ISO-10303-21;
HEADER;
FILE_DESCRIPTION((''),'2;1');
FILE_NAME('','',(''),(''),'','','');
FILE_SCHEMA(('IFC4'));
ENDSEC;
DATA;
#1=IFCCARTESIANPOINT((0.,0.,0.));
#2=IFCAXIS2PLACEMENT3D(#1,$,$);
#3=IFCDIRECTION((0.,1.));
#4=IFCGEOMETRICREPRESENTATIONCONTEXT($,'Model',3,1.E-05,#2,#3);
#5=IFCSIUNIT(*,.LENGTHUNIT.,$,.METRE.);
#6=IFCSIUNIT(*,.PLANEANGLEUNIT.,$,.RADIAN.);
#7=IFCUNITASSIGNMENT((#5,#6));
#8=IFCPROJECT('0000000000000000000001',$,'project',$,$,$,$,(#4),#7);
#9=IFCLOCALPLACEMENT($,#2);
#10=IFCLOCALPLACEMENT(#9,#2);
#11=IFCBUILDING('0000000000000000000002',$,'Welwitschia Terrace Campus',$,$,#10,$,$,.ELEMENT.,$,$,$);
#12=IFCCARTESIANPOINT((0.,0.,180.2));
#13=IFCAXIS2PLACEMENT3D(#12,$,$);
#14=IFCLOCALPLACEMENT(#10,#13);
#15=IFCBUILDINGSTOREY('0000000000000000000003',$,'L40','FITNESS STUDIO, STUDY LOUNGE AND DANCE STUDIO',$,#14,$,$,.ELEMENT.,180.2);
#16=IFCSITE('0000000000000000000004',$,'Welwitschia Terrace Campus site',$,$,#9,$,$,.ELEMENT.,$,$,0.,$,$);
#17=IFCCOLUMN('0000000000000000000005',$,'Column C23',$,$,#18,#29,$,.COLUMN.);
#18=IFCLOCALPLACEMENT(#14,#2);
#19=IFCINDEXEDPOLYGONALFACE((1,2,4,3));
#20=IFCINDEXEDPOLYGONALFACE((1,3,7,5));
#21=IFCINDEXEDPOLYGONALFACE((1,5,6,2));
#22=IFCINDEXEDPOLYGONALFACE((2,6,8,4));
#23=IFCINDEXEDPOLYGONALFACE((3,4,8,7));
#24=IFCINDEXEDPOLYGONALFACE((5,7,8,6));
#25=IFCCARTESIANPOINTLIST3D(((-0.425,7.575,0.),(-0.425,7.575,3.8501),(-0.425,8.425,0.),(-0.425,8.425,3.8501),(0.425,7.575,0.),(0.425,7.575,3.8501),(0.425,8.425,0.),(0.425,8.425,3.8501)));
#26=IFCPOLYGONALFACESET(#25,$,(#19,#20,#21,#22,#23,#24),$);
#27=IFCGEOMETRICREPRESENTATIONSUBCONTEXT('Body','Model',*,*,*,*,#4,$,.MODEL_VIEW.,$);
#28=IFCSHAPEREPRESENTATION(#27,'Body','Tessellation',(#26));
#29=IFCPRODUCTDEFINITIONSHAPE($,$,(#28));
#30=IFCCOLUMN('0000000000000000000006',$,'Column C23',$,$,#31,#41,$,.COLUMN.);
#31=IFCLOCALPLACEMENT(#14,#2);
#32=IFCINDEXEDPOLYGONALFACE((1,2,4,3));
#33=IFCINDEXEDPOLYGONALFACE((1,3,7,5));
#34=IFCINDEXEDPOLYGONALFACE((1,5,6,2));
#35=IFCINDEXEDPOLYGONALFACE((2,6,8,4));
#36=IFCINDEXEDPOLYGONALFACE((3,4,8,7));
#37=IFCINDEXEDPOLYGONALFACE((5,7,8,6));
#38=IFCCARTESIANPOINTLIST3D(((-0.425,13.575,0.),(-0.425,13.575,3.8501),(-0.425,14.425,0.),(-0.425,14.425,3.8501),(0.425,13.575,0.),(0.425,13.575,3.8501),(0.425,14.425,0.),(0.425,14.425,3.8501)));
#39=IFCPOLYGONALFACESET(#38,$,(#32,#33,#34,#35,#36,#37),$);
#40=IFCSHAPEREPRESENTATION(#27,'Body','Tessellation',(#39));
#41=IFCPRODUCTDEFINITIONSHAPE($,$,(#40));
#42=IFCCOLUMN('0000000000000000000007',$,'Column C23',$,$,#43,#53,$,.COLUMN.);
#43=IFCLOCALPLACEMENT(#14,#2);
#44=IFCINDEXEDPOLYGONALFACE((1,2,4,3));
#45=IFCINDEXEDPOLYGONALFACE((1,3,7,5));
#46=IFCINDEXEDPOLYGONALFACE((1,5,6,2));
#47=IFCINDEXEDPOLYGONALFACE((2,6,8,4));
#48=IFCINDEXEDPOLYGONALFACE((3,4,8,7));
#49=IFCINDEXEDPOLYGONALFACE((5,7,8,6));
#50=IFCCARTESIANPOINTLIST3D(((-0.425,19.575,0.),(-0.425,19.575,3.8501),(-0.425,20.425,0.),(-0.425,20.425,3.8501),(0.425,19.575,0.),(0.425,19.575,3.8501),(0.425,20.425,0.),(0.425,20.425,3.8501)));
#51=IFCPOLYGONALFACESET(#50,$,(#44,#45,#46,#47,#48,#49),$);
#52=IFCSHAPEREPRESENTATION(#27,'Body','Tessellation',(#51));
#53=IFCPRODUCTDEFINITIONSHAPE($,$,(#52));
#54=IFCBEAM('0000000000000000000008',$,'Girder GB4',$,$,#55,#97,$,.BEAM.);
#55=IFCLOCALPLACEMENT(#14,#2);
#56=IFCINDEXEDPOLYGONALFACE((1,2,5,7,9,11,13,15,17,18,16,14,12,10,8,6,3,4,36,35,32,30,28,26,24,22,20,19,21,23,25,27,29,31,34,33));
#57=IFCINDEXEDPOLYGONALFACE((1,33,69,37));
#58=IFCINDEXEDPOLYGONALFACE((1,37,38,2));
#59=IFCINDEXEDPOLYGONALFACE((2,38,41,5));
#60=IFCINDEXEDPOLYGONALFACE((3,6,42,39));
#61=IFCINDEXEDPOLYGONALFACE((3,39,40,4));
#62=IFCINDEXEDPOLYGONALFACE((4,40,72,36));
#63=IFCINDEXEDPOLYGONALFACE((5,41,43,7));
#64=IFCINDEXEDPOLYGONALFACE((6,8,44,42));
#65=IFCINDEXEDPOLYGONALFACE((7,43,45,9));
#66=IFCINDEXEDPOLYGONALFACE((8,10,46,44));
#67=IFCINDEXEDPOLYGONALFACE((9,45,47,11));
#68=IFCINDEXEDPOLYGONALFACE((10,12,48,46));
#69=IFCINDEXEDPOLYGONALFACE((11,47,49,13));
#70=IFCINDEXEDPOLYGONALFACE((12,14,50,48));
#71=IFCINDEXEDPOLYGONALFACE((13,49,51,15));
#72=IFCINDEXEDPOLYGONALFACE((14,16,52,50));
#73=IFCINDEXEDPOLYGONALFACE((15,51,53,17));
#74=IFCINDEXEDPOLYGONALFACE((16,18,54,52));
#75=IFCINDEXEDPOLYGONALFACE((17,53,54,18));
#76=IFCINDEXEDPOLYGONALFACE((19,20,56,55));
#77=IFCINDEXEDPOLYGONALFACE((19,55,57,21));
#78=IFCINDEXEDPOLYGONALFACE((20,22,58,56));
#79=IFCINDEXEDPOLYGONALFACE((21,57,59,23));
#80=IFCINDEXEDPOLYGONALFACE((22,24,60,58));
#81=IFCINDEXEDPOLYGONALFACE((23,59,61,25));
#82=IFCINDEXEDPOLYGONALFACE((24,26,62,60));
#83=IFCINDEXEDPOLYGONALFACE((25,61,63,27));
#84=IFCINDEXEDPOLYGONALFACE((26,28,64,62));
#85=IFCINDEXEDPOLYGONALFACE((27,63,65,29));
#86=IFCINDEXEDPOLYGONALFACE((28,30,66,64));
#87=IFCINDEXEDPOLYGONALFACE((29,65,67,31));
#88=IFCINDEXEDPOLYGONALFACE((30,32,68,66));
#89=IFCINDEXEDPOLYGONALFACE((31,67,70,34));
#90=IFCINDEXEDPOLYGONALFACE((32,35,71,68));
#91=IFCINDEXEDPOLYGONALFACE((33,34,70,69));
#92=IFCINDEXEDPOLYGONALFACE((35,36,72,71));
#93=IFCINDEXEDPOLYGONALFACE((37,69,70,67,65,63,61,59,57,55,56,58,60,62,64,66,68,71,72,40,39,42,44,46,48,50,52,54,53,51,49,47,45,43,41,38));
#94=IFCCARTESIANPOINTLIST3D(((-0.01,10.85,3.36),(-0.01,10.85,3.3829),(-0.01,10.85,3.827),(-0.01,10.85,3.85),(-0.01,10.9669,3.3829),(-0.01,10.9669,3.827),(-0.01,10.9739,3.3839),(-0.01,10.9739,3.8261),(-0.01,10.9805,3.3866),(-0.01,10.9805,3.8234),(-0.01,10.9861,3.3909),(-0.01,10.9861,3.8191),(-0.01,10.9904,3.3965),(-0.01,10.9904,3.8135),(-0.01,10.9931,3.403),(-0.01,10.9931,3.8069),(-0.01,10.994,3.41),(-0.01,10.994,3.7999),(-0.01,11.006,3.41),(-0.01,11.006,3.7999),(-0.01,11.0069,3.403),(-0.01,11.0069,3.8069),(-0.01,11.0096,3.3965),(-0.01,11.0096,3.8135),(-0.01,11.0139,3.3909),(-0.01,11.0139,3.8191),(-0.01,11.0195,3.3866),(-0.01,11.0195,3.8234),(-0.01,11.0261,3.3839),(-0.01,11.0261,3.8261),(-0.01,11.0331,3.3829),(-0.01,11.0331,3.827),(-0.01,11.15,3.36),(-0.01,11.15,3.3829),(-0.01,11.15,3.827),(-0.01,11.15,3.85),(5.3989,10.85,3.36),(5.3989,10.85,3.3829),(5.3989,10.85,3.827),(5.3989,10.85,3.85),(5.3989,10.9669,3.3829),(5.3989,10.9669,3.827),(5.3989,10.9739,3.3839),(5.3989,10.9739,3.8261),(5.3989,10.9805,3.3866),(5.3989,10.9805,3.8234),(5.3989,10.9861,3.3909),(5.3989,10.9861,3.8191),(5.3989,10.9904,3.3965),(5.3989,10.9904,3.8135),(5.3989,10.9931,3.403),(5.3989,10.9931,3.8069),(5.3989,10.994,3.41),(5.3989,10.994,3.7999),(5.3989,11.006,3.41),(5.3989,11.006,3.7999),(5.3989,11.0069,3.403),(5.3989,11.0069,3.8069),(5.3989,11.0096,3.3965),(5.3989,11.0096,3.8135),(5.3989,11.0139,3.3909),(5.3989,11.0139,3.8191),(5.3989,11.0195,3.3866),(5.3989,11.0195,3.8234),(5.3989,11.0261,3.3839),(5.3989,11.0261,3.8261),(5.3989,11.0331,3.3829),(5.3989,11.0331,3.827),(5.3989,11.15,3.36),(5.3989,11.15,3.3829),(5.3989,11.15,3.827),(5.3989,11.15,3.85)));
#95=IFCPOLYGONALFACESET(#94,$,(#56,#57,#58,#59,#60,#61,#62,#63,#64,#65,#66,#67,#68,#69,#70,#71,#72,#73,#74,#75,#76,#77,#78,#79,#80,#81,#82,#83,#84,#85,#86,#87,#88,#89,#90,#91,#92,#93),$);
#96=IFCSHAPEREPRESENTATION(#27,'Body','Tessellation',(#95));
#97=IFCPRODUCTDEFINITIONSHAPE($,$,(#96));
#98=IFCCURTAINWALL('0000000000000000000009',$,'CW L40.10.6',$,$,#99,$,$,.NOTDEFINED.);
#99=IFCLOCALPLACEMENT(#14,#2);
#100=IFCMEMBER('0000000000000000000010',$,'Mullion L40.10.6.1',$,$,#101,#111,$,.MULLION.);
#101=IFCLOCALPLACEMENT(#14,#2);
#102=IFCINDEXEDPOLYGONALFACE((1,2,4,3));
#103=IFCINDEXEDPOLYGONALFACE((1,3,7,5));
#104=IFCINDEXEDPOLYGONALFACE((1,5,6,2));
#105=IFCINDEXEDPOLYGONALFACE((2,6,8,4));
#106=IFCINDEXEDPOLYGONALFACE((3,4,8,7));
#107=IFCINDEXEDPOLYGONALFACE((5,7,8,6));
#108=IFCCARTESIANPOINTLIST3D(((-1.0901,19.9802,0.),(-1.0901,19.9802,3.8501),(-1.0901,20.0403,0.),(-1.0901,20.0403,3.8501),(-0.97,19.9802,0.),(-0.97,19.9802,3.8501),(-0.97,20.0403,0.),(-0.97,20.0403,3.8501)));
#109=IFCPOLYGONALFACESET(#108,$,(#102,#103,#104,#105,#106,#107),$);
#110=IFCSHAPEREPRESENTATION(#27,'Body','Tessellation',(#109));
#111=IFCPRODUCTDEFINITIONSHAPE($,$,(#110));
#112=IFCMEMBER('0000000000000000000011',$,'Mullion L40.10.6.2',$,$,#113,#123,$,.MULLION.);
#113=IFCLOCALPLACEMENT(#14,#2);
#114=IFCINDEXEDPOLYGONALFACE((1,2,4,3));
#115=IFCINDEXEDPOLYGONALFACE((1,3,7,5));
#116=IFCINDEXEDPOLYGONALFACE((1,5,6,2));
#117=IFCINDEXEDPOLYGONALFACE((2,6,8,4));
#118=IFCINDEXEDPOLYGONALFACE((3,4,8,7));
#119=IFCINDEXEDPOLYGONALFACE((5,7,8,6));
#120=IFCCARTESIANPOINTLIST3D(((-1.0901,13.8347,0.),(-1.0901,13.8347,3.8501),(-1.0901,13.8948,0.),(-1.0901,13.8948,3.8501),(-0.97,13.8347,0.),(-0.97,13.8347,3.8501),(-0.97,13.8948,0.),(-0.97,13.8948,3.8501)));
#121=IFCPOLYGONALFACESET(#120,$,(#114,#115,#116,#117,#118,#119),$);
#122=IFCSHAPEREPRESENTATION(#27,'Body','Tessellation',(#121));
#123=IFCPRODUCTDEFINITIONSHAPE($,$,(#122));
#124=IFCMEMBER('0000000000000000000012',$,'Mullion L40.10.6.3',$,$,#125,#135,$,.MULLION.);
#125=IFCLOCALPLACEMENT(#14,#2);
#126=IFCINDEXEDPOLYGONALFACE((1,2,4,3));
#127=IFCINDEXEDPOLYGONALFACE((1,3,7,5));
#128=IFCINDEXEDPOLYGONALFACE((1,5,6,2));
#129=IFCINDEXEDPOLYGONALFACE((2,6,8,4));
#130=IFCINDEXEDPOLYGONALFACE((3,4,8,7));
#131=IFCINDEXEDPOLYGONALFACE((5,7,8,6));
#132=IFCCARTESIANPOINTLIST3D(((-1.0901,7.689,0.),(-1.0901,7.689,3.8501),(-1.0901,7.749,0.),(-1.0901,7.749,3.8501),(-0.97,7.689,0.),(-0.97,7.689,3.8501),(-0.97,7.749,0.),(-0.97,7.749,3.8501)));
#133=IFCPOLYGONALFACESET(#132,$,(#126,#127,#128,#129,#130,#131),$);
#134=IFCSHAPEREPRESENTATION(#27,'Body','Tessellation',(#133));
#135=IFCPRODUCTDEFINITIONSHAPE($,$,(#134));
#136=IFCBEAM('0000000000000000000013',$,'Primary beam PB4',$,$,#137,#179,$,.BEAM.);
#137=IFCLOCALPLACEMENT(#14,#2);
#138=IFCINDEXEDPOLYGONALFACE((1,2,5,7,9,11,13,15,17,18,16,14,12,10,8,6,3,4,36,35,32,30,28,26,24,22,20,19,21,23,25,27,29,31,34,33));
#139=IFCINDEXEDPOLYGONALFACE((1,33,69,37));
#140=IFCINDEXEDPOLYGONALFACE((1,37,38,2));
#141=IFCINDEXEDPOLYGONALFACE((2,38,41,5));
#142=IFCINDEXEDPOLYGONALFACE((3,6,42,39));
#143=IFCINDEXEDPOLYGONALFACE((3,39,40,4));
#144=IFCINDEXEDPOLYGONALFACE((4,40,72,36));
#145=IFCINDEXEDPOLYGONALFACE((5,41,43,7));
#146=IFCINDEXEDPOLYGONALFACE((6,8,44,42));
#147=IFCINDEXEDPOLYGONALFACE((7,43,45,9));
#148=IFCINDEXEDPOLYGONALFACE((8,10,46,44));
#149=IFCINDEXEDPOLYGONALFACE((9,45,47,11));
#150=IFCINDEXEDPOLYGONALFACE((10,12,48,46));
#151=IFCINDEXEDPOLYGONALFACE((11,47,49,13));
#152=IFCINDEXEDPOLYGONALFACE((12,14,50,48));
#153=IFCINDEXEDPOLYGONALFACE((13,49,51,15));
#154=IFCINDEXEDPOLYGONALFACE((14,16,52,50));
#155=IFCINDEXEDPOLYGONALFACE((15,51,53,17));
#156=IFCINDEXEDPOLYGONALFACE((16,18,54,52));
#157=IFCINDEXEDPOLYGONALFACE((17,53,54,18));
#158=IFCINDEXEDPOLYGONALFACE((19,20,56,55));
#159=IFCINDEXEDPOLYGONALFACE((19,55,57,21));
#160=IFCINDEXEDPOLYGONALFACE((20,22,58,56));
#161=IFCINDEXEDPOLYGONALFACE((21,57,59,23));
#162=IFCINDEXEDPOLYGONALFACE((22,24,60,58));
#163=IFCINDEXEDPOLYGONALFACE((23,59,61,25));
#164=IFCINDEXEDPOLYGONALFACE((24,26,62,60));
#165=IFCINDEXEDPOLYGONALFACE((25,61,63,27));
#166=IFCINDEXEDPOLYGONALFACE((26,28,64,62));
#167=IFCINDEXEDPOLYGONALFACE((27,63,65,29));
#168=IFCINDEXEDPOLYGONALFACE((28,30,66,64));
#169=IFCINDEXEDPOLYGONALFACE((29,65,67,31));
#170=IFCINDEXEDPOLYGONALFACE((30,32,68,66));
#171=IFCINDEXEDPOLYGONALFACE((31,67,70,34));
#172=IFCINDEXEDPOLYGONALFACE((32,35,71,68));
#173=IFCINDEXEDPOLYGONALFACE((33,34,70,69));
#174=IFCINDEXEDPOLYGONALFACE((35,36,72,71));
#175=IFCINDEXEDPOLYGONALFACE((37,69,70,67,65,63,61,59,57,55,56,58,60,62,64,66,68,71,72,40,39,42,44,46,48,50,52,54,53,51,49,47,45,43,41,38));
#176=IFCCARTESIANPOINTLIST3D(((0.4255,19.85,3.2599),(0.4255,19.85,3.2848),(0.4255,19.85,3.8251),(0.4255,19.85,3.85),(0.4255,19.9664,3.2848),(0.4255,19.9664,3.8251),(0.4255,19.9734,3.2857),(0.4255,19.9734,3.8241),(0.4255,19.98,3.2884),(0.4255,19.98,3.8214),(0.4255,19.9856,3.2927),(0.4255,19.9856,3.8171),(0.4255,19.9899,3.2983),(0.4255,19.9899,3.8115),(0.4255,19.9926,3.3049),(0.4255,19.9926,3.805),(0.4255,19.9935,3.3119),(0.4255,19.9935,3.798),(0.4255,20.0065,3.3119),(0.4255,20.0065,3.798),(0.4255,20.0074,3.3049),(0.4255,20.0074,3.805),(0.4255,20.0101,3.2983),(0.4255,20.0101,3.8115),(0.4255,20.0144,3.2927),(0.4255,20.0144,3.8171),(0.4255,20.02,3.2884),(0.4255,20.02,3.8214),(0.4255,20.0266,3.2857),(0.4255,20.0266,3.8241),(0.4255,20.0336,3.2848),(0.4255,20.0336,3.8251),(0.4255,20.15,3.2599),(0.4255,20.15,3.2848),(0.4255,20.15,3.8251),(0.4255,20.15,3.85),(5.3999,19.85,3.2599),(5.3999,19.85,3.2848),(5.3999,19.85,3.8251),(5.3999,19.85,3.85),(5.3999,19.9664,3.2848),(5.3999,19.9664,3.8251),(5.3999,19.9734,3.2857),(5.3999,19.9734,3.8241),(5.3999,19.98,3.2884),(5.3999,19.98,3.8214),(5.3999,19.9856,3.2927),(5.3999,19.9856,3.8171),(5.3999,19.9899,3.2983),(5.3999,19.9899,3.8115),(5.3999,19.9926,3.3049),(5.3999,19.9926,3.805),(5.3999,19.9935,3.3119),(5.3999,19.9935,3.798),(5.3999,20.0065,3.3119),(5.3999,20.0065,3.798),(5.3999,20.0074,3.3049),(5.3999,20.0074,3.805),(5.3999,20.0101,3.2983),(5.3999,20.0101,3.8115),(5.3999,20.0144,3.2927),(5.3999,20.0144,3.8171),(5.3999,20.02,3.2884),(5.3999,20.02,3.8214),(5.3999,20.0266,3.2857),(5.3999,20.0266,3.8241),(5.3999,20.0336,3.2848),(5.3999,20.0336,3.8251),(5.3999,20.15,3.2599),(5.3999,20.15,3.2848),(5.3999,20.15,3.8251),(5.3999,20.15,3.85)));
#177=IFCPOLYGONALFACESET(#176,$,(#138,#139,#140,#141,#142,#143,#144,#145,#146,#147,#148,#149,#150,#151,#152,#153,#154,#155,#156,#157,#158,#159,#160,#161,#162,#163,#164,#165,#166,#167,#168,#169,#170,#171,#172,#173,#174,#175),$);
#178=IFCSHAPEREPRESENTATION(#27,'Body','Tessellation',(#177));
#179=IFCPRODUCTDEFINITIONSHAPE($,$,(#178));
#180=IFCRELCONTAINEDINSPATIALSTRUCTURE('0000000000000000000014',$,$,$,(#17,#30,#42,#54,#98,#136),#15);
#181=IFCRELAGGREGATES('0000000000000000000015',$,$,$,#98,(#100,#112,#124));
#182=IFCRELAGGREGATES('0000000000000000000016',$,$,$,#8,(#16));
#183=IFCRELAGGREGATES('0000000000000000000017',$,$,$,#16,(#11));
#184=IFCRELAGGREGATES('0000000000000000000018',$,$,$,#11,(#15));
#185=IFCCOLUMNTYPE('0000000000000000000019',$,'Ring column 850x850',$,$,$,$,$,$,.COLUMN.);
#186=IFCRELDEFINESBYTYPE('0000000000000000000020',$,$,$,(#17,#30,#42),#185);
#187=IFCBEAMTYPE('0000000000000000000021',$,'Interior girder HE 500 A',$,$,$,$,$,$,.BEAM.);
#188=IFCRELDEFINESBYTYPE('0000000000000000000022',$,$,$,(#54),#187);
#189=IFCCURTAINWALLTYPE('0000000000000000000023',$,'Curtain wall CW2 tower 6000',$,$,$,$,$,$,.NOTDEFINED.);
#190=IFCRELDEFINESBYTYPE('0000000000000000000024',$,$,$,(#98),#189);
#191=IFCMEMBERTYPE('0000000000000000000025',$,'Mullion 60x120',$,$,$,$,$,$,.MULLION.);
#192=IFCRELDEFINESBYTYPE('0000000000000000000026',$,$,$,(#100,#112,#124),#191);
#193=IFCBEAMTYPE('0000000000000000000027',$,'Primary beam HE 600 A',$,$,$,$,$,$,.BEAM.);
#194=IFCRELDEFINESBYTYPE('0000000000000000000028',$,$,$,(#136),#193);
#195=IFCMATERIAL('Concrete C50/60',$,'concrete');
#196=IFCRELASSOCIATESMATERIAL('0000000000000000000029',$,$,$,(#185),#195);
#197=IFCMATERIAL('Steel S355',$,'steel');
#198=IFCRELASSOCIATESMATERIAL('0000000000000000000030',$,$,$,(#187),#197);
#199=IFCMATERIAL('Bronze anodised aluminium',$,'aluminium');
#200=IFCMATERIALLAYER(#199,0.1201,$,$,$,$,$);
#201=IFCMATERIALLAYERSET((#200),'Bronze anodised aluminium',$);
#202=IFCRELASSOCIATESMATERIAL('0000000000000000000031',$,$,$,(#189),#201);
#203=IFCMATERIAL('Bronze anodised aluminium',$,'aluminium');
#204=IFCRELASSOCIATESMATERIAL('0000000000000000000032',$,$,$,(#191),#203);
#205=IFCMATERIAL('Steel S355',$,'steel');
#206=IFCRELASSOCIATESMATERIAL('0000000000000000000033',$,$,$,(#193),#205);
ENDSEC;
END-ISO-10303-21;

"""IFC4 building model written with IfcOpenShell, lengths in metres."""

from ifc_helpers import new_model, si_unit, direction, frame, origin, origin_2d, place, context, subcontext, project, spatial, rectangle, i_section, extrude, material, layer, layer_set, material_profile, profile_set, type_object, element, aggregate, save


model = new_model("IFC4")

# Units and contexts
model_context = context("Model", 3, precision=1e-05, world=origin(), true_north=direction((0.0, 1.0)))
body_context = subcontext(model_context, "Body", "Model", "MODEL_VIEW")
ifc_project = project(units=[si_unit("LENGTHUNIT", "METRE"), si_unit("PLANEANGLEUNIT", "RADIAN")], contexts=[model_context])

# Site, building, storey
site_placement = place(None, origin())
site = spatial("IfcSite", under=ifc_project, at=site_placement, Name="Welwitschia Terrace Campus site", CompositionType="ELEMENT", RefElevation=0.0)
building_placement = place(site_placement, origin())
building = spatial("IfcBuilding", under=site, at=building_placement, Name="Welwitschia Terrace Campus", CompositionType="ELEMENT")
storey_placement = place(building_placement, frame((0.0, 0.0, 180.2)))
storey = spatial("IfcBuildingStorey", under=building, at=storey_placement, Name="L40", Description="FITNESS STUDIO, STUDY LOUNGE AND DANCE STUDIO", CompositionType="ELEMENT", Elevation=180.2)

# Columns
ifc_material_1 = material(Name="Concrete C50/60", Category="concrete")
ifc_material_profile_1 = material_profile(ifc_material_1, rectangle(XDim=0.8501, YDim=0.8501, at=origin_2d()))
ifc_profile_set_1 = profile_set([ifc_material_profile_1], Name="Concrete C50/60")
column_type = type_object("IfcColumnType", Name="Ring column 850x850", PredefinedType="COLUMN", material=ifc_profile_set_1)
for number, where, z_axis, x_axis, name in (
    (1, (0.0, 8.0, 0.0), (0.0, 0.0, 1.0), (1.0, 0.0, 0.0), "Column C23"),
    (2, (0.0, 14.0, 0.0), (0.0, 0.0, 1.0), (1.0, 0.0, 0.0), "Column C23"),
    (3, (0.0, 20.0, 0.0), (0.0, 0.0, 1.0), (1.0, 0.0, 0.0), "Column C23"),
):
    element("IfcColumn", number, at=place(storey_placement, frame(where, z_axis=z_axis, x_axis=x_axis)), inside=storey, type_object=column_type, Name=name, PredefinedType="COLUMN", context=body_context, shape_type="SweptSolid", body=[
        extrude(rectangle(XDim=0.8501, YDim=0.8501, at=origin_2d()), origin(), (0.0, 0.0, 1.0), 3.8501),
    ])

# Beam
ifc_material_2 = material(Name="Steel S355", Category="steel")
ifc_material_profile_2 = material_profile(ifc_material_2, i_section(OverallWidth=0.3, OverallDepth=0.49, WebThickness=0.012, FlangeThickness=0.0229, FilletRadius=0.0271, at=origin_2d()))
ifc_profile_set_2 = profile_set([ifc_material_profile_2], Name="Steel S355")
beam_type_1 = type_object("IfcBeamType", Name="Interior girder HE 500 A", PredefinedType="BEAM", material=ifc_profile_set_2)
beam_1_placement = place(storey_placement, frame((-0.01, 11.0, 3.605), z_axis=(1.0, 0.0, 0.0), x_axis=(0.0, 1.0, 0.0)))
element("IfcBeam", 4, at=beam_1_placement, inside=storey, type_object=beam_type_1, Name="Girder GB4", PredefinedType="BEAM", context=body_context, shape_type="SweptSolid", body=[
    extrude(i_section(OverallWidth=0.3, OverallDepth=0.49, WebThickness=0.012, FlangeThickness=0.0229, FilletRadius=0.0271, at=origin_2d()), origin(), (0.0, 0.0, 1.0), 5.4089),
])

# Curtain wall, members
ifc_material_3 = material(Name="Bronze anodised aluminium", Category="aluminium")
ifc_layer_1 = layer(ifc_material_3, 0.1201)
ifc_layer_set_1 = layer_set([ifc_layer_1], Name="Bronze anodised aluminium")
curtain_wall_type = type_object("IfcCurtainWallType", Name="Curtain wall CW2 tower 6000", PredefinedType="NOTDEFINED", material=ifc_layer_set_1)
curtain_wall_placement = place(storey_placement, origin())
curtain_wall = element("IfcCurtainWall", 5, at=curtain_wall_placement, inside=storey, type_object=curtain_wall_type, Name="CW L40.10.6", PredefinedType="NOTDEFINED")
ifc_material_4 = material(Name="Bronze anodised aluminium", Category="aluminium")
ifc_material_profile_3 = material_profile(ifc_material_4, rectangle(XDim=0.1201, YDim=0.0601, at=origin_2d()))
ifc_profile_set_3 = profile_set([ifc_material_profile_3], Name="Bronze anodised aluminium")
member_type = type_object("IfcMemberType", Name="Mullion 60x120", PredefinedType="MULLION", material=ifc_profile_set_3)
member_1_placement = place(storey_placement, frame((-1.03, 20.0103, 0.0), z_axis=(0.0, 0.0, 1.0), x_axis=(1.0, 0.0, 0.0)))
member_1 = element("IfcMember", 6, at=member_1_placement, type_object=member_type, Name="Mullion L40.10.6.1", PredefinedType="MULLION", context=body_context, shape_type="SweptSolid", body=[
    extrude(rectangle(XDim=0.1201, YDim=0.0601, at=origin_2d()), origin(), (0.0, 0.0, 1.0), 3.8501),
])
member_2_placement = place(storey_placement, frame((-1.03, 13.8647, 0.0), z_axis=(0.0, 0.0, 1.0), x_axis=(1.0, 0.0, 0.0)))
member_2 = element("IfcMember", 7, at=member_2_placement, type_object=member_type, Name="Mullion L40.10.6.2", PredefinedType="MULLION", context=body_context, shape_type="SweptSolid", body=[
    extrude(rectangle(XDim=0.1201, YDim=0.0601, at=origin_2d()), origin(), (0.0, 0.0, 1.0), 3.8501),
])
member_3_placement = place(storey_placement, frame((-1.03, 7.719, 0.0), z_axis=(0.0, 0.0, 1.0), x_axis=(1.0, 0.0, 0.0)))
member_3 = element("IfcMember", 8, at=member_3_placement, type_object=member_type, Name="Mullion L40.10.6.3", PredefinedType="MULLION", context=body_context, shape_type="SweptSolid", body=[
    extrude(rectangle(XDim=0.1201, YDim=0.0601, at=origin_2d()), origin(), (0.0, 0.0, 1.0), 3.8501),
])

# Beam
ifc_material_5 = material(Name="Steel S355", Category="steel")
ifc_material_profile_4 = material_profile(ifc_material_5, i_section(OverallWidth=0.3, OverallDepth=0.5901, WebThickness=0.0129, FlangeThickness=0.0249, FilletRadius=0.0271, at=origin_2d()))
ifc_profile_set_4 = profile_set([ifc_material_profile_4], Name="Steel S355")
beam_type_2 = type_object("IfcBeamType", Name="Primary beam HE 600 A", PredefinedType="BEAM", material=ifc_profile_set_4)
for number, where, z_axis, x_axis, name in (
    (9, (0.4255, 20.0, 3.5549), (1.0, 0.0, 0.0), (0.0, 1.0, 0.0), "Primary beam PB4"),
):
    element("IfcBeam", number, at=place(storey_placement, frame(where, z_axis=z_axis, x_axis=x_axis)), inside=storey, type_object=beam_type_2, Name=name, PredefinedType="BEAM", context=body_context, shape_type="SweptSolid", body=[
        extrude(i_section(OverallWidth=0.3, OverallDepth=0.5901, WebThickness=0.0129, FlangeThickness=0.0249, FilletRadius=0.0271, at=origin_2d()), origin(), (0.0, 0.0, 1.0), 4.9744),
    ])

aggregate(curtain_wall, [member_1, member_2, member_3])

save(model, "model.ifc")
